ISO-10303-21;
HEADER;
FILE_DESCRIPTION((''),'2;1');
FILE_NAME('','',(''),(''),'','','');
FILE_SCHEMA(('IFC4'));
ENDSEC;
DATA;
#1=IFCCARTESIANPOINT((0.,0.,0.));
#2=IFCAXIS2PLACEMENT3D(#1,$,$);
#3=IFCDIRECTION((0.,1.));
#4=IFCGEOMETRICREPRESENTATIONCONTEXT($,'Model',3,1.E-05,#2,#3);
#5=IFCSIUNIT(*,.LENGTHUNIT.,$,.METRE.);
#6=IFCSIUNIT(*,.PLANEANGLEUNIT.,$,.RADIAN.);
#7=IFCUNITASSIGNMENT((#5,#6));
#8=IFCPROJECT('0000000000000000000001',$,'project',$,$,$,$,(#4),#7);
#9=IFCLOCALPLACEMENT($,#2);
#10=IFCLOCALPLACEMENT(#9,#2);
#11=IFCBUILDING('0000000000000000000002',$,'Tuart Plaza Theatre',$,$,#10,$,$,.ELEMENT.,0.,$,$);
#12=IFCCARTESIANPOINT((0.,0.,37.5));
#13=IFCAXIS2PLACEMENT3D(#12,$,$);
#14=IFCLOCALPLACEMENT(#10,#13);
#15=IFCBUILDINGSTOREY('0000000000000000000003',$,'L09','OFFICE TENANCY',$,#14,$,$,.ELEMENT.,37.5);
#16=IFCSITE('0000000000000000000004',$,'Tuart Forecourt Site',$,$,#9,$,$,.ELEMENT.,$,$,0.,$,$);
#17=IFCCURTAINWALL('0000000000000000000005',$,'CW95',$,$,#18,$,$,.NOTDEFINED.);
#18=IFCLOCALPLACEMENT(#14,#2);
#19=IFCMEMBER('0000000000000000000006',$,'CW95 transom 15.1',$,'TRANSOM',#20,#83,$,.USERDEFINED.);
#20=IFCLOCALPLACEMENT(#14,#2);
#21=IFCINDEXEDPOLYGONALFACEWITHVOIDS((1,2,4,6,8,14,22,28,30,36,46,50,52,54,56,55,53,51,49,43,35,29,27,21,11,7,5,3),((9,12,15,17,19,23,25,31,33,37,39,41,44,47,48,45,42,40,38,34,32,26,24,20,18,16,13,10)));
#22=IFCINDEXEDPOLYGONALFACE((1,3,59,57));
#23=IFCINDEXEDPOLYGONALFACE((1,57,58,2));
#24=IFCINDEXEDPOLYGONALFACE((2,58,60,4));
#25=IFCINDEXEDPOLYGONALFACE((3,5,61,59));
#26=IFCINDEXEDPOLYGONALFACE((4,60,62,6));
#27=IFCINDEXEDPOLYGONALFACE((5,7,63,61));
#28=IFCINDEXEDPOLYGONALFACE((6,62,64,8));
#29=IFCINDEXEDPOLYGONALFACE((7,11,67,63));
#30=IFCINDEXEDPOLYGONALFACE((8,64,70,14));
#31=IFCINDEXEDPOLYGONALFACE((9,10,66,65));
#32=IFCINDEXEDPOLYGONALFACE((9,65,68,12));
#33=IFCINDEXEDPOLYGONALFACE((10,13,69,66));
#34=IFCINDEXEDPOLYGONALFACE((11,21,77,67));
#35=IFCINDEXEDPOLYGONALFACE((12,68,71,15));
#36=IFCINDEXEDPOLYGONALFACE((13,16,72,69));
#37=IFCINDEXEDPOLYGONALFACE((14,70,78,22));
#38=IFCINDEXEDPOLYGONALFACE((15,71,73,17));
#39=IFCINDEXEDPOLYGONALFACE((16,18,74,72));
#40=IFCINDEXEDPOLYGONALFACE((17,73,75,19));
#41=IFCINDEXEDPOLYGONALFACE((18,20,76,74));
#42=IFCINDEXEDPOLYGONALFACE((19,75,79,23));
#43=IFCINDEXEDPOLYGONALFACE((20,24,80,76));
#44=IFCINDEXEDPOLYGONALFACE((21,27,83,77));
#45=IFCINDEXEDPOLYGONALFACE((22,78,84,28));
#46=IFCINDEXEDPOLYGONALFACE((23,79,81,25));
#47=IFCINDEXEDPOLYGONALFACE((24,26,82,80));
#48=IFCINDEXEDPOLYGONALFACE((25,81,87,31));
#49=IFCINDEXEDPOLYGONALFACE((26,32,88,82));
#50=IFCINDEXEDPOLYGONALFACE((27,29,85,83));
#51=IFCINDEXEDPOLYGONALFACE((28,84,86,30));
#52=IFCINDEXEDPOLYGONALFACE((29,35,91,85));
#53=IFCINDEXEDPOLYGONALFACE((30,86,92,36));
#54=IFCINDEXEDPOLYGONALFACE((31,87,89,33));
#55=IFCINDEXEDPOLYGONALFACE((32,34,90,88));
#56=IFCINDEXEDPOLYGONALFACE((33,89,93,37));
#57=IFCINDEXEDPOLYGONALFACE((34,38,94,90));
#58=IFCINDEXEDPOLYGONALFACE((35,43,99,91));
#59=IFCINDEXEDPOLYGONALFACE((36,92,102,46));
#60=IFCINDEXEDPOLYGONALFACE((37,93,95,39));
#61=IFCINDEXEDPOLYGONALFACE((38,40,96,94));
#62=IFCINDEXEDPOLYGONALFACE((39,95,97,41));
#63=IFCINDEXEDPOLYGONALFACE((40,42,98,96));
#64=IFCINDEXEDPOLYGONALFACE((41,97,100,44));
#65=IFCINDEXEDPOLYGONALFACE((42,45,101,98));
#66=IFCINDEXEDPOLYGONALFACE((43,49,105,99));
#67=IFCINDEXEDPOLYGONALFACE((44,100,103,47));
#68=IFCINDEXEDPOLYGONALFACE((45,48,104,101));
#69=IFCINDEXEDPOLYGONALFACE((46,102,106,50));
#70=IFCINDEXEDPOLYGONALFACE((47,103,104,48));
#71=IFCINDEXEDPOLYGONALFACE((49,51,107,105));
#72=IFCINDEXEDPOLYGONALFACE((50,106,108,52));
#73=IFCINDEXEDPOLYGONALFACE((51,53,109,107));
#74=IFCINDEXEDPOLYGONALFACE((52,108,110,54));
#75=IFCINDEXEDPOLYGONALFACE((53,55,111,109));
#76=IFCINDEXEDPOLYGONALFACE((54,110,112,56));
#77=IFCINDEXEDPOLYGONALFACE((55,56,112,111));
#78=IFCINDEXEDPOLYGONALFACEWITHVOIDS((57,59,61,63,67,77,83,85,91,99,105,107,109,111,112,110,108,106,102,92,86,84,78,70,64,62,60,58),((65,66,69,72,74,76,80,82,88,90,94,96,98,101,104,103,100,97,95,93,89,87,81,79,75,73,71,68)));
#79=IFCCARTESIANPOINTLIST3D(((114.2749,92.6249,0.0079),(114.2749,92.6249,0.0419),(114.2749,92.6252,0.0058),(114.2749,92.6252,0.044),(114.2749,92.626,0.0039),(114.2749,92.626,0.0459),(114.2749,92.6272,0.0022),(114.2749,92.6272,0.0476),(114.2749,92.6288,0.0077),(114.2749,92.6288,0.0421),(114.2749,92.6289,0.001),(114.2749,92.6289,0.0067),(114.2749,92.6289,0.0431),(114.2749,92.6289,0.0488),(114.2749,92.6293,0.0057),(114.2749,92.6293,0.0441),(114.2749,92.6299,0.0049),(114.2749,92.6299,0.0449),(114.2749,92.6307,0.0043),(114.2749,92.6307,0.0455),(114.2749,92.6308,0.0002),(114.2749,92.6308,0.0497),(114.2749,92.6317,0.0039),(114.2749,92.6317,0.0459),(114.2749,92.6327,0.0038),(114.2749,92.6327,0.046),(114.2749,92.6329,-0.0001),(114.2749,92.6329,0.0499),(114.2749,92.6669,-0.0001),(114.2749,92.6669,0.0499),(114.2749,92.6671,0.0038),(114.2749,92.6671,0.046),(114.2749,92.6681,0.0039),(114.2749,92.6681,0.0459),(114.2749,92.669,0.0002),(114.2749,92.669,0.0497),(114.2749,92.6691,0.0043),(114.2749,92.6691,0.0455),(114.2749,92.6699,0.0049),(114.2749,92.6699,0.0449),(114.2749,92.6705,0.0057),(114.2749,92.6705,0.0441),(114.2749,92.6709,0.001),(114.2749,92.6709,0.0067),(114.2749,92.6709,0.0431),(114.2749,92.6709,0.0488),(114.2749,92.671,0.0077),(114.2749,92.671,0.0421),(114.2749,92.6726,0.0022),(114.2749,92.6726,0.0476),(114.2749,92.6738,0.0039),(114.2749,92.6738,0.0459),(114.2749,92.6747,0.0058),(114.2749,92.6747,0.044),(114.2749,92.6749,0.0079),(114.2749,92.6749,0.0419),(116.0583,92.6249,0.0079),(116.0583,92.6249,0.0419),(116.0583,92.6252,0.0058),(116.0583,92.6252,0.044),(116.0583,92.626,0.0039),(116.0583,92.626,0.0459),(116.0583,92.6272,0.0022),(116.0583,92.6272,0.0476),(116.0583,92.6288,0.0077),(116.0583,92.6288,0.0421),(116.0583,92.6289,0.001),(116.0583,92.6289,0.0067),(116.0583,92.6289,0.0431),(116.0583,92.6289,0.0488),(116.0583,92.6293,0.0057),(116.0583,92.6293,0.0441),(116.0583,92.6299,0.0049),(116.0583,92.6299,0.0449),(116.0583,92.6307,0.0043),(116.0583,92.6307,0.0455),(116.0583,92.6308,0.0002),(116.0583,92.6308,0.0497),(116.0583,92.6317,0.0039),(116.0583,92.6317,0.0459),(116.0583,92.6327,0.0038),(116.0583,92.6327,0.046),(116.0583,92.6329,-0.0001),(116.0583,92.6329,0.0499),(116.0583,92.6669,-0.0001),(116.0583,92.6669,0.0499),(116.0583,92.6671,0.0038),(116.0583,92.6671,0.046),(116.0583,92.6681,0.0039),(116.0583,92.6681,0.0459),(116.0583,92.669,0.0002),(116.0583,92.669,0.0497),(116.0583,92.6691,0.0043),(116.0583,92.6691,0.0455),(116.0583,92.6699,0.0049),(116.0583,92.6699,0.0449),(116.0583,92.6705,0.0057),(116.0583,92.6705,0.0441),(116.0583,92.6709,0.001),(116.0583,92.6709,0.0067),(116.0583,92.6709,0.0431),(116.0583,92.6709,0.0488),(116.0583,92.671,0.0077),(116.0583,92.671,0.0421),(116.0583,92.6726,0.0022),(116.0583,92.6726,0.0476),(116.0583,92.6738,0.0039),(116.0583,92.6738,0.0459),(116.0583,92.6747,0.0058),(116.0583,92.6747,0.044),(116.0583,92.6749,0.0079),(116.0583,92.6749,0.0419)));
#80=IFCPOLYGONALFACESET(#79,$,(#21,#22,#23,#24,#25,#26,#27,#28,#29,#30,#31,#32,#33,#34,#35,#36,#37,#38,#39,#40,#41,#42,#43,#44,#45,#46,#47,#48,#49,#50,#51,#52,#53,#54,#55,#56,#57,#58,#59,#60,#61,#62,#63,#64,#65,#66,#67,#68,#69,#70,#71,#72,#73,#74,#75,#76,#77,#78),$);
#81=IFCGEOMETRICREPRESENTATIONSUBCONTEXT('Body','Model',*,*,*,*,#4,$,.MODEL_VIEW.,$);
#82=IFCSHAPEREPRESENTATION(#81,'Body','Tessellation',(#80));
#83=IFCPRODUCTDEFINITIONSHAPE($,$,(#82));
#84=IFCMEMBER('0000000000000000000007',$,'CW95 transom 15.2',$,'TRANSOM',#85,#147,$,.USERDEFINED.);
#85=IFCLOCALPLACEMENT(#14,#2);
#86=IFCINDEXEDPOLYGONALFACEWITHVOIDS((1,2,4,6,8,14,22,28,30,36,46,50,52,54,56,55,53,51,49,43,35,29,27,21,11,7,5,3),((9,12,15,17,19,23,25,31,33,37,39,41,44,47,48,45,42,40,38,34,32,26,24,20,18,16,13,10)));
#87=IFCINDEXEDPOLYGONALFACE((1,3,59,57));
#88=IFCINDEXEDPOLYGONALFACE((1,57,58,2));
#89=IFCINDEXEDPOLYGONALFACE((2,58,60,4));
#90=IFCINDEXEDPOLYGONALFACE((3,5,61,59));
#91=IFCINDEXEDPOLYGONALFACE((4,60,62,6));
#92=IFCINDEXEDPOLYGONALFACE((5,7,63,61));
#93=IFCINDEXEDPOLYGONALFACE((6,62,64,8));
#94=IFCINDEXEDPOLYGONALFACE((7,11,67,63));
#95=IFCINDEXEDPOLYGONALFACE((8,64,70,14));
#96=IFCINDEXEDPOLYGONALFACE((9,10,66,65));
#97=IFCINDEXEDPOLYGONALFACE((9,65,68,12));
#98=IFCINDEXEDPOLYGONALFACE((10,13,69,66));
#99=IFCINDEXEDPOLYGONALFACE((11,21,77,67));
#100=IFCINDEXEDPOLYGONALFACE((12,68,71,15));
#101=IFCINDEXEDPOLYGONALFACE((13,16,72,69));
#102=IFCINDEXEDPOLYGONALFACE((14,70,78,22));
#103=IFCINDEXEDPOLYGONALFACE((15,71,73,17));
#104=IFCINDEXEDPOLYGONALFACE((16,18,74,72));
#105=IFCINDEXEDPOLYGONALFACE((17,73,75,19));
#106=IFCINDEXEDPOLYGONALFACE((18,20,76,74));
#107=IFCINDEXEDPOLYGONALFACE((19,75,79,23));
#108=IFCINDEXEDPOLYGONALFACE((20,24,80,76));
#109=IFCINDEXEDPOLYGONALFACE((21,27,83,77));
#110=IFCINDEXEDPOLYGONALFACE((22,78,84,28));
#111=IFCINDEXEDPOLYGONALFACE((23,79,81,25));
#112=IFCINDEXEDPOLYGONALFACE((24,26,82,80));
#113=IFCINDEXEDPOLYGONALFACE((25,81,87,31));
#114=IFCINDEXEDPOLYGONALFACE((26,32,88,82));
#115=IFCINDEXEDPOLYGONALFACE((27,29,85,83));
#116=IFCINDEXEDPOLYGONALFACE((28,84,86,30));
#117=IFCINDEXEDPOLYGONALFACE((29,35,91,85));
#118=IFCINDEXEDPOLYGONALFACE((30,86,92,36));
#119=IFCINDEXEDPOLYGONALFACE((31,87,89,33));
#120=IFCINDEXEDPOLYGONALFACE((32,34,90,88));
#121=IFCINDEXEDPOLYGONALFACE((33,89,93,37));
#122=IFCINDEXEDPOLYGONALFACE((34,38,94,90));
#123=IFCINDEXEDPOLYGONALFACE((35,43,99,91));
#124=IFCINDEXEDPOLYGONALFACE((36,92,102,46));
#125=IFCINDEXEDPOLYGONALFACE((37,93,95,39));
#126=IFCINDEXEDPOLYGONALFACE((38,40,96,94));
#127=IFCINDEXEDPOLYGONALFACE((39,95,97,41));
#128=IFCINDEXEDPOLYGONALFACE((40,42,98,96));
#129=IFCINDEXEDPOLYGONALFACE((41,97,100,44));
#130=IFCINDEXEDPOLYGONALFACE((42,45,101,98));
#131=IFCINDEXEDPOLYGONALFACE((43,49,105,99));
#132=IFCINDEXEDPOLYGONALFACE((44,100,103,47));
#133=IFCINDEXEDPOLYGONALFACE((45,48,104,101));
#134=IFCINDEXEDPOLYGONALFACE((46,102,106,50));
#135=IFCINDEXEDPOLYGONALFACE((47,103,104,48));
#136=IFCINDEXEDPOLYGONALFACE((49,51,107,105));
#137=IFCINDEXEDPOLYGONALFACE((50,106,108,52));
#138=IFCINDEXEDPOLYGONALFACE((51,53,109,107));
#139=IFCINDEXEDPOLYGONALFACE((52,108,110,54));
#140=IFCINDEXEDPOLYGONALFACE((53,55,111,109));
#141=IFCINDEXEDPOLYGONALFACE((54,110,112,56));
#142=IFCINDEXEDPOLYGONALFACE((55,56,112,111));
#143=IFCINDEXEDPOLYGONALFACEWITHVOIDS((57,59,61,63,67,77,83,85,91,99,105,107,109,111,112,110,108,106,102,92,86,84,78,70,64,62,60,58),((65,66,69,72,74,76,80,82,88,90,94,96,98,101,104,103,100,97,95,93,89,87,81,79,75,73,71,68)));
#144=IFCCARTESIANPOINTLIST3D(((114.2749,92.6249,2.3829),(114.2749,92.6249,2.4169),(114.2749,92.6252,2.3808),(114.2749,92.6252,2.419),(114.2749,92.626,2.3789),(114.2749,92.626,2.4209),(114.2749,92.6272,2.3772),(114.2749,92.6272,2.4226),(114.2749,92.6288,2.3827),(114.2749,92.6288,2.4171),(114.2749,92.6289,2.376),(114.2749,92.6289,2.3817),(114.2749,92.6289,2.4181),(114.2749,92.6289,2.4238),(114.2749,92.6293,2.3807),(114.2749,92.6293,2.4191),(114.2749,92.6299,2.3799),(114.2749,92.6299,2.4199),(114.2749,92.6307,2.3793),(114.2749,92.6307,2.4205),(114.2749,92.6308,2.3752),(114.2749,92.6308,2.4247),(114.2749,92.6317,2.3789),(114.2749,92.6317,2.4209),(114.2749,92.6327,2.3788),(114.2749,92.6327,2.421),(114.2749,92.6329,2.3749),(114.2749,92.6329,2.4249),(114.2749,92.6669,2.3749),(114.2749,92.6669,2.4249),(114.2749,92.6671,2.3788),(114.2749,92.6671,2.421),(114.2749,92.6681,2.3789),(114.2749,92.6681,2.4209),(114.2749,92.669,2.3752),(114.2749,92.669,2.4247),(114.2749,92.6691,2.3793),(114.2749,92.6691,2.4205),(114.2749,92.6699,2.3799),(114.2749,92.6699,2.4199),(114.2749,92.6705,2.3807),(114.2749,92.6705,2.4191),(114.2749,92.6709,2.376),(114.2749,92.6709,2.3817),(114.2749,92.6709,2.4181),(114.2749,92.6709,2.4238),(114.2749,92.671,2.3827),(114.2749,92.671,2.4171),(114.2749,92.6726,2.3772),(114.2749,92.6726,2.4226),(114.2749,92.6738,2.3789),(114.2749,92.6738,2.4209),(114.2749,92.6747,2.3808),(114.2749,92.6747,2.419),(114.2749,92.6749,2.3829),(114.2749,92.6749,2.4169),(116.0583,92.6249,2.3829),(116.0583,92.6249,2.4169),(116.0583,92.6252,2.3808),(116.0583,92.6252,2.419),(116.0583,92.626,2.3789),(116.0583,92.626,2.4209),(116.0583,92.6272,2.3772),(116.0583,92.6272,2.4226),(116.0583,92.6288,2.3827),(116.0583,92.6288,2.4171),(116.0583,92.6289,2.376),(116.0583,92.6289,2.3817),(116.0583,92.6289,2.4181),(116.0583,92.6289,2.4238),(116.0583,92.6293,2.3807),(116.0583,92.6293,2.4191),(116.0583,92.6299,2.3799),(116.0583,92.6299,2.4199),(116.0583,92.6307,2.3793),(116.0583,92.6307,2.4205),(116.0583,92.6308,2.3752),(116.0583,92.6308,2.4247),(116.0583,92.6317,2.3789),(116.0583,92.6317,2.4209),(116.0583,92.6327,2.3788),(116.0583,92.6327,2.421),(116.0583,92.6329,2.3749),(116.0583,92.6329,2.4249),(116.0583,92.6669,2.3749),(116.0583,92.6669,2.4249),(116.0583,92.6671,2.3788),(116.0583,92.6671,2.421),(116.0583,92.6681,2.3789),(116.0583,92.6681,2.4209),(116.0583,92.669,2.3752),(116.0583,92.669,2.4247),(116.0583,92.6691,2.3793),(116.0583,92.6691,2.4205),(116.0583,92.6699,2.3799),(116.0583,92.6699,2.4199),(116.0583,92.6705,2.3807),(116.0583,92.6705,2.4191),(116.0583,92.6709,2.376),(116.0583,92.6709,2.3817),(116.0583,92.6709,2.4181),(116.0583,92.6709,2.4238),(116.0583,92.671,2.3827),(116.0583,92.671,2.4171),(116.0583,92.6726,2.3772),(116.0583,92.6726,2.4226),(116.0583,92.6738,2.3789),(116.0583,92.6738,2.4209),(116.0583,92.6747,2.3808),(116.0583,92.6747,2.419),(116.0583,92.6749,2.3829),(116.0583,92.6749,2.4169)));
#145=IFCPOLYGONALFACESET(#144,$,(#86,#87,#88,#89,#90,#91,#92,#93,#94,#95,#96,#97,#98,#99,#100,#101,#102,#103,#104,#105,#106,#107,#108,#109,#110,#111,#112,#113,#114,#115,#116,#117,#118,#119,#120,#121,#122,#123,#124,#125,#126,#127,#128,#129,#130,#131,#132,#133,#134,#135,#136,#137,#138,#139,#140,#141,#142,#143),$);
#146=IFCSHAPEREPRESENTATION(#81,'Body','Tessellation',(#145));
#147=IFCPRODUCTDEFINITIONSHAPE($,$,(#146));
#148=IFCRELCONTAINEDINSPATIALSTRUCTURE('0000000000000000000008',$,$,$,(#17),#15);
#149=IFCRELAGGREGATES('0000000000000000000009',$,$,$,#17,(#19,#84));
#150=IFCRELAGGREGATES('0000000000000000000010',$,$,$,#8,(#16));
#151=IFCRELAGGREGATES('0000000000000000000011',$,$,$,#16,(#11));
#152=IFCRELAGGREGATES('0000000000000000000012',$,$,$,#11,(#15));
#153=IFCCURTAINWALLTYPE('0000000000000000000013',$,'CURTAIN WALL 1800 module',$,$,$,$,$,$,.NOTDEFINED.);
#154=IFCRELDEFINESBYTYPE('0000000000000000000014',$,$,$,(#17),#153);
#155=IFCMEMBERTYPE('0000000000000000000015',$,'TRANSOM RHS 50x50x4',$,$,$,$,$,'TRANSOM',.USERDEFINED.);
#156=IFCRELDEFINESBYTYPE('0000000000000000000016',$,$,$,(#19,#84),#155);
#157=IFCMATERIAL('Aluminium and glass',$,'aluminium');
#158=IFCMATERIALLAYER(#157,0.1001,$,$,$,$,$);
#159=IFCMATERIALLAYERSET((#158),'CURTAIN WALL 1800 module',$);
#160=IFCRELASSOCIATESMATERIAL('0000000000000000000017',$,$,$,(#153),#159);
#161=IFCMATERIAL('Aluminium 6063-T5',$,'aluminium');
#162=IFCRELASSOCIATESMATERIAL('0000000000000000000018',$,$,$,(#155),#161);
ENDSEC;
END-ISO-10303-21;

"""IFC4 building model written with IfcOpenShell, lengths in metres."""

from ifc_helpers import new_model, si_unit, direction, frame, origin, origin_2d, place, context, subcontext, project, spatial, hollow_rectangle, extrude, material, layer, layer_set, material_profile, profile_set, type_object, element, aggregate, save


model = new_model("IFC4")

# Units and contexts
model_context = context("Model", 3, precision=1e-05, world=origin(), true_north=direction((0.0, 1.0)))
body_context = subcontext(model_context, "Body", "Model", "MODEL_VIEW")
ifc_project = project(units=[si_unit("LENGTHUNIT", "METRE"), si_unit("PLANEANGLEUNIT", "RADIAN")], contexts=[model_context])

# Site, building, storey
site_placement = place(None, origin())
site = spatial("IfcSite", under=ifc_project, at=site_placement, Name="Tuart Forecourt Site", CompositionType="ELEMENT", RefElevation=0.0)
building_placement = place(site_placement, origin())
building = spatial("IfcBuilding", under=site, at=building_placement, Name="Tuart Plaza Theatre", CompositionType="ELEMENT", ElevationOfRefHeight=0.0)
storey_placement = place(building_placement, frame((0.0, 0.0, 37.5)))
storey = spatial("IfcBuildingStorey", under=building, at=storey_placement, Name="L09", Description="OFFICE TENANCY", CompositionType="ELEMENT", Elevation=37.5)

# Curtain wall, members
ifc_material_1 = material(Name="Aluminium and glass", Category="aluminium")
ifc_layer_1 = layer(ifc_material_1, 0.1001)
ifc_layer_set_1 = layer_set([ifc_layer_1], Name="CURTAIN WALL 1800 module")
curtain_wall_type = type_object("IfcCurtainWallType", Name="CURTAIN WALL 1800 module", PredefinedType="NOTDEFINED", material=ifc_layer_set_1)
curtain_wall_placement = place(storey_placement, origin())
curtain_wall = element("IfcCurtainWall", 1, at=curtain_wall_placement, inside=storey, type_object=curtain_wall_type, Name="CW95", PredefinedType="NOTDEFINED")
ifc_material_2 = material(Name="Aluminium 6063-T5", Category="aluminium")
ifc_material_profile_1 = material_profile(ifc_material_2, hollow_rectangle(XDim=0.05, YDim=0.05, WallThickness=0.0039, InnerFilletRadius=0.0039, OuterFilletRadius=0.0081, at=origin_2d()), Name="RHS 50x50x4")
ifc_profile_set_1 = profile_set([ifc_material_profile_1], Name="Aluminium 6063-T5")
member_type_1 = type_object("IfcMemberType", Name="TRANSOM RHS 50x50x4", ElementType="TRANSOM", PredefinedType="USERDEFINED", material=ifc_profile_set_1)
member_1_placement = place(storey_placement, frame((116.0583, 92.6499, 0.0249), z_axis=(-1.0, 0.0, 0.0), x_axis=(0.0, -1.0, 0.0)))
member_1 = element("IfcMember", 2, at=member_1_placement, type_object=member_type_1, Name="CW95 transom 15.1", ObjectType="TRANSOM", PredefinedType="USERDEFINED", context=body_context, shape_type="SweptSolid", body=[
    extrude(hollow_rectangle(XDim=0.05, YDim=0.05, WallThickness=0.0039, InnerFilletRadius=0.0039, OuterFilletRadius=0.0081, at=origin_2d()), origin(), (0.0, 0.0, 1.0), 1.7834),
])
member_2_placement = place(storey_placement, frame((116.0583, 92.6499, 2.3999), z_axis=(-1.0, 0.0, 0.0), x_axis=(0.0, -1.0, 0.0)))
member_2 = element("IfcMember", 3, at=member_2_placement, type_object=member_type_1, Name="CW95 transom 15.2", ObjectType="TRANSOM", PredefinedType="USERDEFINED", context=body_context, shape_type="SweptSolid", body=[
    extrude(hollow_rectangle(XDim=0.05, YDim=0.05, WallThickness=0.0039, InnerFilletRadius=0.0039, OuterFilletRadius=0.0081, at=origin_2d()), origin(), (0.0, 0.0, 1.0), 1.7834),
])
aggregate(curtain_wall, [member_1, member_2])

save(model, "model.ifc")
